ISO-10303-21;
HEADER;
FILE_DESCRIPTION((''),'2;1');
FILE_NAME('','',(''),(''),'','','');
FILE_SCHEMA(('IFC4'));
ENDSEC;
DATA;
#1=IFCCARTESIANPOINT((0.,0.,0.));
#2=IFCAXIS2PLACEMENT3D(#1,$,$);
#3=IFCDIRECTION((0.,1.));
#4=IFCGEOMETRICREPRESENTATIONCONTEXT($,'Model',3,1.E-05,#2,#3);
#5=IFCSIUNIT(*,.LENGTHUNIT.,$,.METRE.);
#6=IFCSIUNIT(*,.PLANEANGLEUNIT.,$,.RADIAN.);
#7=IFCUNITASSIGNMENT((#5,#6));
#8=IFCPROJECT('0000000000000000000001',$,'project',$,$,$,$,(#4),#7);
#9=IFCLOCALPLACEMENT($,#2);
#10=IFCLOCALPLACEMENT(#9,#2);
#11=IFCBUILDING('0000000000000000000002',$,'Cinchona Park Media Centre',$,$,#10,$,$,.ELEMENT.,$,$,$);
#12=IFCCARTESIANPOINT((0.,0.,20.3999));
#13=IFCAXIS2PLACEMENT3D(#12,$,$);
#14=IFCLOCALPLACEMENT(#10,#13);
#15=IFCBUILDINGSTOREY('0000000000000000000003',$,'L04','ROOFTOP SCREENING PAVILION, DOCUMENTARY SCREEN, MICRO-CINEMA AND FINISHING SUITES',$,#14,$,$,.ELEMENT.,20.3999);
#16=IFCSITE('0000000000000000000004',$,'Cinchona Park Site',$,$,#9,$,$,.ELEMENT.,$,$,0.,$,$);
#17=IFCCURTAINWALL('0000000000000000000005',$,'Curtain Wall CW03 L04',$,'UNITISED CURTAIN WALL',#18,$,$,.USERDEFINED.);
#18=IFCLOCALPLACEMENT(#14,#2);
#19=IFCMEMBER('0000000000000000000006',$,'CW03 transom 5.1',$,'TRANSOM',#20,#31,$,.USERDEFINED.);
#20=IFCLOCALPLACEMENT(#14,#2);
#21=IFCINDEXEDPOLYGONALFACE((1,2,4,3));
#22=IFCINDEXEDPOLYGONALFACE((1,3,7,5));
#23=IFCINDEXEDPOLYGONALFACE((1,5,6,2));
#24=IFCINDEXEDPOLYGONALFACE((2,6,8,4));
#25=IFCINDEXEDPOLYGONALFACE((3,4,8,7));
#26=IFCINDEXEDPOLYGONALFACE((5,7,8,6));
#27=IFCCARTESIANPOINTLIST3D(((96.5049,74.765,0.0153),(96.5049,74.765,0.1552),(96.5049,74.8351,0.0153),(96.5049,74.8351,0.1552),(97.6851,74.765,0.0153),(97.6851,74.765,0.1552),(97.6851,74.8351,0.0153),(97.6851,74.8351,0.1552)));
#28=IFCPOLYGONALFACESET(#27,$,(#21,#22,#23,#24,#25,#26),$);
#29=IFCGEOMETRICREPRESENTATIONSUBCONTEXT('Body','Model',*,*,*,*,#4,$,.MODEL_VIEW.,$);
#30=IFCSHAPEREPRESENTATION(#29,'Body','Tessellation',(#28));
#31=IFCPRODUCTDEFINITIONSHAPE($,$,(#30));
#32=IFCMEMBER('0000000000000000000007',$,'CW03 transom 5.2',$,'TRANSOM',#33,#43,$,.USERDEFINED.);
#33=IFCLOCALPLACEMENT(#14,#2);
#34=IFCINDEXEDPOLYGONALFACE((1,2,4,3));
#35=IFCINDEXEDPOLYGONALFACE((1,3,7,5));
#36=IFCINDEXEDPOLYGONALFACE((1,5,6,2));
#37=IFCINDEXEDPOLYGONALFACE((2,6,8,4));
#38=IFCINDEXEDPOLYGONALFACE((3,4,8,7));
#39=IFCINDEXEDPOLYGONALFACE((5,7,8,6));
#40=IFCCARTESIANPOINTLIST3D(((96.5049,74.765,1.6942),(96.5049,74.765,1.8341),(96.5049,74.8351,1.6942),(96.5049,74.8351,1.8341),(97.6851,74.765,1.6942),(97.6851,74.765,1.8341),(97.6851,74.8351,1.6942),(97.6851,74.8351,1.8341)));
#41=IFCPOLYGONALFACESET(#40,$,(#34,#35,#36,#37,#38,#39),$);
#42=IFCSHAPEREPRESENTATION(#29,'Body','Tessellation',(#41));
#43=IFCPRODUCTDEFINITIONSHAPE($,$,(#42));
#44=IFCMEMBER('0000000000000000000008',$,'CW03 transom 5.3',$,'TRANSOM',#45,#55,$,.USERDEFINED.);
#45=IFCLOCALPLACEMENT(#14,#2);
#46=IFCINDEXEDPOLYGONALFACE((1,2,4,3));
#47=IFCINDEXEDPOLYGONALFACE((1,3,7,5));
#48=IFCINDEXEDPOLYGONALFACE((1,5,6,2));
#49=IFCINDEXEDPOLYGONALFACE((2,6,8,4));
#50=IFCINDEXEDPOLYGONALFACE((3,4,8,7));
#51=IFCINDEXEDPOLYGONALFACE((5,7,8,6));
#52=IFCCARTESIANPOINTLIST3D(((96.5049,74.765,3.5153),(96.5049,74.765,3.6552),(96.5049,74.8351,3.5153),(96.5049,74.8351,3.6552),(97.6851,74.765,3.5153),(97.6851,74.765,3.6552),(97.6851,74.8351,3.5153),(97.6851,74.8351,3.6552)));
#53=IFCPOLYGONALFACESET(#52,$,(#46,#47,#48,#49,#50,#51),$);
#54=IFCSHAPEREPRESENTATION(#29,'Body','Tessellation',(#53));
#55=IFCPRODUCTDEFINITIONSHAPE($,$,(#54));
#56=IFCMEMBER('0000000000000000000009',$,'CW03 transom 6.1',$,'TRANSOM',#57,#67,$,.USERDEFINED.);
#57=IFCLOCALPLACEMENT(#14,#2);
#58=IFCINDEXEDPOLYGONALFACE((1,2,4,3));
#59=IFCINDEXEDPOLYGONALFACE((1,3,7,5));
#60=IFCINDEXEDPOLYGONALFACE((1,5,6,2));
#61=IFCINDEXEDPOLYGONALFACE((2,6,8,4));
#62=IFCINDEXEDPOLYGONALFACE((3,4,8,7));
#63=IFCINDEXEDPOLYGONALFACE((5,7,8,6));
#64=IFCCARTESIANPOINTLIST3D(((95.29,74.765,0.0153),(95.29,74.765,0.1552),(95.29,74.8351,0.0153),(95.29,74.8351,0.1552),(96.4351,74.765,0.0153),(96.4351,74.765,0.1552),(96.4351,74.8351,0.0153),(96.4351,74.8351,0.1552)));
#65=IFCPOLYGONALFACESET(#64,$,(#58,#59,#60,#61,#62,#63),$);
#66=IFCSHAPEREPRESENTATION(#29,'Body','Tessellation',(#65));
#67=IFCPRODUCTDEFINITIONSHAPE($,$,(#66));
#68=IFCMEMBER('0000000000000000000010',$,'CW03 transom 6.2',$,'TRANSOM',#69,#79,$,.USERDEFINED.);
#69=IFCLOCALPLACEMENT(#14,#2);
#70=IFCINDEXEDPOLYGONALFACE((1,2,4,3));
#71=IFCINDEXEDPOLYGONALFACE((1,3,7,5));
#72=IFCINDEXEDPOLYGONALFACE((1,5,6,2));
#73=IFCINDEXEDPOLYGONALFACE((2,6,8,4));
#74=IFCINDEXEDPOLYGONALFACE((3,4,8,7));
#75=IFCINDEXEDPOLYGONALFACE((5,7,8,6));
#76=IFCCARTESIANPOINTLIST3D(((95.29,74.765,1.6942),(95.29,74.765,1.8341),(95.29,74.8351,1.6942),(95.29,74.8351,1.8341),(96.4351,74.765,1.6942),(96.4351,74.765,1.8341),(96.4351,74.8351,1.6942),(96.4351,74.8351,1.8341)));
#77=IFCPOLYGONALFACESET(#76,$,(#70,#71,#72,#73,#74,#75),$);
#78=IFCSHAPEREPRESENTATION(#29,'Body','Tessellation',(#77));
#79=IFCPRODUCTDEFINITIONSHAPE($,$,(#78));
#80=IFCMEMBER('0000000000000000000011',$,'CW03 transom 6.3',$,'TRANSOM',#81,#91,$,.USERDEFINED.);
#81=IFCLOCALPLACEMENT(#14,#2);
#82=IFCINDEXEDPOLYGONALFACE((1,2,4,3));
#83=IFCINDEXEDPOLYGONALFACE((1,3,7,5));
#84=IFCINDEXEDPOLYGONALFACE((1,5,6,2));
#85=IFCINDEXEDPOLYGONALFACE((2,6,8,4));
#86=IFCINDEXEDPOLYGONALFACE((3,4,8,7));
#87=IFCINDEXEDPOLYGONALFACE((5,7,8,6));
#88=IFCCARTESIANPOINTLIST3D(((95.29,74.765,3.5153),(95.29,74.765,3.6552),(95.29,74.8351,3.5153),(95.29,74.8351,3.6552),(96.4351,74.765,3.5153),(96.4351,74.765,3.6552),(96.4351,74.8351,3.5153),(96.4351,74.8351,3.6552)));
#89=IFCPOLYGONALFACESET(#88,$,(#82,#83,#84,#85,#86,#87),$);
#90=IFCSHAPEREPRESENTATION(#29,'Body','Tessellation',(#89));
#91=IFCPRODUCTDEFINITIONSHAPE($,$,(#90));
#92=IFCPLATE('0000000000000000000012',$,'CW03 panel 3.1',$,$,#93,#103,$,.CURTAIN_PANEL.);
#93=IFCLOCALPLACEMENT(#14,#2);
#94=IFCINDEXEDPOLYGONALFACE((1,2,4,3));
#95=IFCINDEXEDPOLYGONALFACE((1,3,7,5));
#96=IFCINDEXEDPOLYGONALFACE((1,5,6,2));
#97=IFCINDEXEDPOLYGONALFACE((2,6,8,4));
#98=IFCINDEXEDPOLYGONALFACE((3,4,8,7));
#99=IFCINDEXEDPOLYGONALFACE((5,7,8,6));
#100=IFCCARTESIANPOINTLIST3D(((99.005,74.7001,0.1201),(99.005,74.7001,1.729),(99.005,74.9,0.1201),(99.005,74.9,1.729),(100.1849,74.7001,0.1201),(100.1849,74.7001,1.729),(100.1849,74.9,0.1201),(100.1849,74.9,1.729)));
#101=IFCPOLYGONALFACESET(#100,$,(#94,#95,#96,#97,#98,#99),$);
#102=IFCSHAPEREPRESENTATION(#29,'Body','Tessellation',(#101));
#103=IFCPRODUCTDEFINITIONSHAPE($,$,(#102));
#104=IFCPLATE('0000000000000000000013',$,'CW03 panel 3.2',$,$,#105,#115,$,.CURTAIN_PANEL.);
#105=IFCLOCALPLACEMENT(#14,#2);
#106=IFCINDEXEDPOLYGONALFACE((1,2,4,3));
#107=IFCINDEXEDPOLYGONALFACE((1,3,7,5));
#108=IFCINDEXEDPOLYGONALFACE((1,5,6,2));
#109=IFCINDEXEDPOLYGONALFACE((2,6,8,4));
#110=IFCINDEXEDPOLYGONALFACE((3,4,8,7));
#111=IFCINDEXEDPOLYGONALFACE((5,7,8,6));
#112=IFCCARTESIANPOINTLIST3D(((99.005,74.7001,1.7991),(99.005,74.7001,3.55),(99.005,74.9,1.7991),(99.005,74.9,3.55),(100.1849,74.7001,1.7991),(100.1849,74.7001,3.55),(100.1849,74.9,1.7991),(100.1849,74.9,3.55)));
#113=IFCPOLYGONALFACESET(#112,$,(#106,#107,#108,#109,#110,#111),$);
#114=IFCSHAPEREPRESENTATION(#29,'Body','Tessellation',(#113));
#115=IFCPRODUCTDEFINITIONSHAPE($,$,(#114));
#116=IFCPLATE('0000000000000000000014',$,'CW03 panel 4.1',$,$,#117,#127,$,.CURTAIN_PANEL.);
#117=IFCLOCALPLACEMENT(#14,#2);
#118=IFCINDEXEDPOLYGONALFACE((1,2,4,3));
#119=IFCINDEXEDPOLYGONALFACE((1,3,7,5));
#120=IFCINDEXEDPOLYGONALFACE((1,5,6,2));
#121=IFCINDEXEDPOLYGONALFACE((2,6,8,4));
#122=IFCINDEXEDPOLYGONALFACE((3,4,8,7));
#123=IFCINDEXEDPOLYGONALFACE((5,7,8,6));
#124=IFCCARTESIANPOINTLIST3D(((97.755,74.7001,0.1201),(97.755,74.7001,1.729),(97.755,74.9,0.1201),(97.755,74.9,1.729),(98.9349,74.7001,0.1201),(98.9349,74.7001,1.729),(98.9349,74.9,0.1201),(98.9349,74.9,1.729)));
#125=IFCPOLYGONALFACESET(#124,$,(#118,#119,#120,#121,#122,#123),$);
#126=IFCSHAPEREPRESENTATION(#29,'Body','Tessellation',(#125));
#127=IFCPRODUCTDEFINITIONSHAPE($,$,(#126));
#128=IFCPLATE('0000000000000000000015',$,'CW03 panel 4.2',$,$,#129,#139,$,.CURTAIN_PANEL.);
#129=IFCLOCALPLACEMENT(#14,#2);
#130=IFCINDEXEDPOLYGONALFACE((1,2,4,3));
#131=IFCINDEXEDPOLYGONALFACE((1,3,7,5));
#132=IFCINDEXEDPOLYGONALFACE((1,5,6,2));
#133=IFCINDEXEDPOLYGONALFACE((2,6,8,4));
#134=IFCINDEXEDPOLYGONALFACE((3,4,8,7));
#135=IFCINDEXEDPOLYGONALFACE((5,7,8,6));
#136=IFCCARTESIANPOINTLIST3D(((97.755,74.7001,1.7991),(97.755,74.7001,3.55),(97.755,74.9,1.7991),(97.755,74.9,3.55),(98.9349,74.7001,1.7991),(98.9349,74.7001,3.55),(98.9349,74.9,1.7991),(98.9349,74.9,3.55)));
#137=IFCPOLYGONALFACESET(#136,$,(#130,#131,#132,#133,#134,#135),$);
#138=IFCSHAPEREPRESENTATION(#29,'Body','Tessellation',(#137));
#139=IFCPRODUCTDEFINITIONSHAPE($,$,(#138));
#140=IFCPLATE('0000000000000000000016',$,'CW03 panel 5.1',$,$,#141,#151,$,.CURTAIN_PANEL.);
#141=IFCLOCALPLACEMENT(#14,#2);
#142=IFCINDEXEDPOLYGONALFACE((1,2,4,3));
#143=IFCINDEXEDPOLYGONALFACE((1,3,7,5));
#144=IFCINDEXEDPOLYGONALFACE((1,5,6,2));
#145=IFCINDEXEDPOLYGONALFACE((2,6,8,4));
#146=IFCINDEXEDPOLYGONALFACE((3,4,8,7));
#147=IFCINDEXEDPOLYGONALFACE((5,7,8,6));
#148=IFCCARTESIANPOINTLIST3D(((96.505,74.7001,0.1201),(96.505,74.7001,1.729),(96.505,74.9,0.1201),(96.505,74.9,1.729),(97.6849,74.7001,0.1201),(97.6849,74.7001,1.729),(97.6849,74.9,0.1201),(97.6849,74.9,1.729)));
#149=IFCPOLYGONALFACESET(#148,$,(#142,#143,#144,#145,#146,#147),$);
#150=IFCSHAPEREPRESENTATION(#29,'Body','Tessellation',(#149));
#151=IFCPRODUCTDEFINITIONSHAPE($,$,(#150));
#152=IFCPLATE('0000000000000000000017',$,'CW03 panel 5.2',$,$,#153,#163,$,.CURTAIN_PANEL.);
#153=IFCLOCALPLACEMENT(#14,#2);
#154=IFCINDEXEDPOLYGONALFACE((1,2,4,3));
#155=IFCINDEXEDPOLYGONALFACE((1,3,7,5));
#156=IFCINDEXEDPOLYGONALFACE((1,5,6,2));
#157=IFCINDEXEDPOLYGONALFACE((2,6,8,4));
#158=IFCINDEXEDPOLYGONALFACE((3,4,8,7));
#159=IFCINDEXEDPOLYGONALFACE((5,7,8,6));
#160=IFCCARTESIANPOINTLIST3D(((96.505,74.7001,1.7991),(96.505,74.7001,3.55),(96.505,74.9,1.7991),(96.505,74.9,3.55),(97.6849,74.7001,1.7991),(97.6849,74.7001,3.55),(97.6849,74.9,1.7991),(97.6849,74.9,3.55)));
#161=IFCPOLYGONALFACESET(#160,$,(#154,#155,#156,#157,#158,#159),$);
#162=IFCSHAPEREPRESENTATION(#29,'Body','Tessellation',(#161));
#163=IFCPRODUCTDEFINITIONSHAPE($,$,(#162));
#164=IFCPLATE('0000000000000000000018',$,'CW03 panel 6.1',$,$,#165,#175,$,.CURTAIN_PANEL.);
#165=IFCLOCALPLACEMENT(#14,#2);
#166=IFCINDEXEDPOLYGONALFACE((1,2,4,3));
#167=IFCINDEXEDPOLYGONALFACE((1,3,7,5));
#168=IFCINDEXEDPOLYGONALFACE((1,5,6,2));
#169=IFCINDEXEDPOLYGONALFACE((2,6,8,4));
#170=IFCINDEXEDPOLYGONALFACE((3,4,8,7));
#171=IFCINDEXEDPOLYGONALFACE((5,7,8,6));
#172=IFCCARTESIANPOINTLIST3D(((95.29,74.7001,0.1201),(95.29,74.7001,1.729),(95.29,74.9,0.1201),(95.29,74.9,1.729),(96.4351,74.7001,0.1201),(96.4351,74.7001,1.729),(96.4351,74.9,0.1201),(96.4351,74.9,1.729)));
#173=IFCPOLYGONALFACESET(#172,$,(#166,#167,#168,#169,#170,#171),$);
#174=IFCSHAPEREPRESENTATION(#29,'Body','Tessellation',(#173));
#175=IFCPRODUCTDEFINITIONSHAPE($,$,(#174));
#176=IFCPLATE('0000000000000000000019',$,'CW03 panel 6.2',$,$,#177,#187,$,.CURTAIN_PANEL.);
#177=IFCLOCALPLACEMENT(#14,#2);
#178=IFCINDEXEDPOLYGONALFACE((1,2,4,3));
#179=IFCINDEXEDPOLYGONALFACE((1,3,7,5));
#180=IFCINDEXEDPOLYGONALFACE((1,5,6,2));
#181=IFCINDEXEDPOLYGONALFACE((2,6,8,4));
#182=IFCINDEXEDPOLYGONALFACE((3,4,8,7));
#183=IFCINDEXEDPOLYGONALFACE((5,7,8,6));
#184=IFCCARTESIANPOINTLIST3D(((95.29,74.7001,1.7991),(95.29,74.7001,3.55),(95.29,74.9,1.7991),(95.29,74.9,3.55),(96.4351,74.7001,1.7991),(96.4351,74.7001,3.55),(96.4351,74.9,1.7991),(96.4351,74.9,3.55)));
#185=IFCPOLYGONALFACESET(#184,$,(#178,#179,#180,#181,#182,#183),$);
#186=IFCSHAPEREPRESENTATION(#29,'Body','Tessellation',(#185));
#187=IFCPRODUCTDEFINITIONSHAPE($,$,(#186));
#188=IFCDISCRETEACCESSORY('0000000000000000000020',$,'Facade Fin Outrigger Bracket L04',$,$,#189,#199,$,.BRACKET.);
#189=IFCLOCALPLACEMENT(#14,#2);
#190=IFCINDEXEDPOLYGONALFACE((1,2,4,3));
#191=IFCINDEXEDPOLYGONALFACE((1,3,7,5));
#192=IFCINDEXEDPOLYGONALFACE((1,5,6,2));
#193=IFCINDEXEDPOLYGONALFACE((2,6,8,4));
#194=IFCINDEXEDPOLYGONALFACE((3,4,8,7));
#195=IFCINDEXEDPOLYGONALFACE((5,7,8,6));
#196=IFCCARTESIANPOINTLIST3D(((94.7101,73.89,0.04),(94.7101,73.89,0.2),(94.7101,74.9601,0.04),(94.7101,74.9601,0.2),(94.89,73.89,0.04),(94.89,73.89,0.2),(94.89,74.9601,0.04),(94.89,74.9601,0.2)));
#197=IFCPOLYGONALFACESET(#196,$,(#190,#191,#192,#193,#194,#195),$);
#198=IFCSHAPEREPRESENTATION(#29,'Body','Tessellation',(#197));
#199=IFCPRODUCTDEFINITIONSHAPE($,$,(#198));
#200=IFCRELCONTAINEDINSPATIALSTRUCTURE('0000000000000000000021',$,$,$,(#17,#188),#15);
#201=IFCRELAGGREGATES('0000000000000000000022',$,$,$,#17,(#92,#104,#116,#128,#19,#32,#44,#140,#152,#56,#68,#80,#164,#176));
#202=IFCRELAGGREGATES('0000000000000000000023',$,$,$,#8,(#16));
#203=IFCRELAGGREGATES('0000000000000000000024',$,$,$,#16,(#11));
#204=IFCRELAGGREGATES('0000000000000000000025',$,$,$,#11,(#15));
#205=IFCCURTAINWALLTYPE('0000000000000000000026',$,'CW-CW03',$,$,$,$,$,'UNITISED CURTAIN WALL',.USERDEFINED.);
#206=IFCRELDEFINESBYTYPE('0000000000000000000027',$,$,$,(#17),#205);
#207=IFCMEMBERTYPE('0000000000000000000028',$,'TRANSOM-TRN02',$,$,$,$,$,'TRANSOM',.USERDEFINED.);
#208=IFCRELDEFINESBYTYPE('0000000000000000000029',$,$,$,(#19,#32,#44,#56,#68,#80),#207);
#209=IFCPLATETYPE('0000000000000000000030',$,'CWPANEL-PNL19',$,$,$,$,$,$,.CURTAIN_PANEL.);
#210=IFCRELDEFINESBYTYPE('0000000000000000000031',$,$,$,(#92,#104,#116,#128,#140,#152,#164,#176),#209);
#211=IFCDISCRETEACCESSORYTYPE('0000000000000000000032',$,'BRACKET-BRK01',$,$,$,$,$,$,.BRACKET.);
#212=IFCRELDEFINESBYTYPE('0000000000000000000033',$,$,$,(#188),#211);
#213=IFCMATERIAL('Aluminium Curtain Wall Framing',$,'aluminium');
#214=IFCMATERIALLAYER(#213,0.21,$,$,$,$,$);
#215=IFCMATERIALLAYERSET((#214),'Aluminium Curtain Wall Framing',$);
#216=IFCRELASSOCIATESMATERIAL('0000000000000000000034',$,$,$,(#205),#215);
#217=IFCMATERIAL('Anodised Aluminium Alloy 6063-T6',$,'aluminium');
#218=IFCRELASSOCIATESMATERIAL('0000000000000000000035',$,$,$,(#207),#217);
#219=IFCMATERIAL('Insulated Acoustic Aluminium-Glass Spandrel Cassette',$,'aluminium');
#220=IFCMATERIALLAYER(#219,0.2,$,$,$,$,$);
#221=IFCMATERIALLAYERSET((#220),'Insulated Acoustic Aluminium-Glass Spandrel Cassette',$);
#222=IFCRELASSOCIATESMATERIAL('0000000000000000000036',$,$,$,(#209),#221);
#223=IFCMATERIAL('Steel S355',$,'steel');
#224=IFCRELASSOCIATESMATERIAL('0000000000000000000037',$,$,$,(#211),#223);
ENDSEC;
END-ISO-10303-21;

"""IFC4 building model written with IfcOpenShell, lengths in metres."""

from ifc_helpers import new_model, si_unit, direction, frame, origin, origin_2d, place, context, subcontext, project, spatial, rectangle, extrude, material, layer, layer_set, material_profile, profile_set, type_object, element, aggregate, save


model = new_model("IFC4")

# Units and contexts
model_context = context("Model", 3, precision=1e-05, world=origin(), true_north=direction((0.0, 1.0)))
body_context = subcontext(model_context, "Body", "Model", "MODEL_VIEW")
ifc_project = project(units=[si_unit("LENGTHUNIT", "METRE"), si_unit("PLANEANGLEUNIT", "RADIAN")], contexts=[model_context])

# Site, building, storey
site_placement = place(None, origin())
site = spatial("IfcSite", under=ifc_project, at=site_placement, Name="Cinchona Park Site", CompositionType="ELEMENT", RefElevation=0.0)
building_placement = place(site_placement, origin())
building = spatial("IfcBuilding", under=site, at=building_placement, Name="Cinchona Park Media Centre", CompositionType="ELEMENT")
storey_placement = place(building_placement, frame((0.0, 0.0, 20.3999)))
storey = spatial("IfcBuildingStorey", under=building, at=storey_placement, Name="L04", Description="ROOFTOP SCREENING PAVILION, DOCUMENTARY SCREEN, MICRO-CINEMA AND FINISHING SUITES", CompositionType="ELEMENT", Elevation=20.3999)

# Curtain wall, members, plates
ifc_material_1 = material(Name="Aluminium Curtain Wall Framing", Category="aluminium")
ifc_layer_1 = layer(ifc_material_1, 0.21)
ifc_layer_set_1 = layer_set([ifc_layer_1], Name="Aluminium Curtain Wall Framing")
curtain_wall_type = type_object("IfcCurtainWallType", Name="CW-CW03", ElementType="UNITISED CURTAIN WALL", PredefinedType="USERDEFINED", material=ifc_layer_set_1)
curtain_wall_placement = place(storey_placement, origin())
curtain_wall = element("IfcCurtainWall", 1, at=curtain_wall_placement, inside=storey, type_object=curtain_wall_type, Name="Curtain Wall CW03 L04", ObjectType="UNITISED CURTAIN WALL", PredefinedType="USERDEFINED")
ifc_material_2 = material(Name="Anodised Aluminium Alloy 6063-T6", Category="aluminium")
ifc_material_profile_1 = material_profile(ifc_material_2, rectangle(XDim=0.0701, YDim=0.1399, at=origin_2d()), Name="TRN-70X140")
ifc_profile_set_1 = profile_set([ifc_material_profile_1], Name="Anodised Aluminium Alloy 6063-T6")
member_type_1 = type_object("IfcMemberType", Name="TRANSOM-TRN02", ElementType="TRANSOM", PredefinedType="USERDEFINED", material=ifc_profile_set_1)
member_1_placement = place(storey_placement, frame((97.6851, 74.8, 0.0852), z_axis=(-1.0, 0.0, 0.0), x_axis=(0.0, -1.0, 0.0)))
member_1 = element("IfcMember", 2, at=member_1_placement, type_object=member_type_1, Name="CW03 transom 5.1", ObjectType="TRANSOM", PredefinedType="USERDEFINED", context=body_context, shape_type="SweptSolid", body=[
    extrude(rectangle(XDim=0.0701, YDim=0.1399, at=origin_2d()), origin(), (0.0, 0.0, 1.0), 1.1802),
])
member_2_placement = place(storey_placement, frame((97.6851, 74.8, 1.7642), z_axis=(-1.0, 0.0, 0.0), x_axis=(0.0, -1.0, 0.0)))
member_2 = element("IfcMember", 3, at=member_2_placement, type_object=member_type_1, Name="CW03 transom 5.2", ObjectType="TRANSOM", PredefinedType="USERDEFINED", context=body_context, shape_type="SweptSolid", body=[
    extrude(rectangle(XDim=0.0701, YDim=0.1399, at=origin_2d()), origin(), (0.0, 0.0, 1.0), 1.1802),
])
member_3_placement = place(storey_placement, frame((97.6851, 74.8, 3.5852), z_axis=(-1.0, 0.0, 0.0), x_axis=(0.0, -1.0, 0.0)))
member_3 = element("IfcMember", 4, at=member_3_placement, type_object=member_type_1, Name="CW03 transom 5.3", ObjectType="TRANSOM", PredefinedType="USERDEFINED", context=body_context, shape_type="SweptSolid", body=[
    extrude(rectangle(XDim=0.0701, YDim=0.1399, at=origin_2d()), origin(), (0.0, 0.0, 1.0), 1.1802),
])
member_4_placement = place(storey_placement, frame((96.4351, 74.8, 0.0852), z_axis=(-1.0, 0.0, 0.0), x_axis=(0.0, -1.0, 0.0)))
member_4 = element("IfcMember", 5, at=member_4_placement, type_object=member_type_1, Name="CW03 transom 6.1", ObjectType="TRANSOM", PredefinedType="USERDEFINED", context=body_context, shape_type="SweptSolid", body=[
    extrude(rectangle(XDim=0.0701, YDim=0.1399, at=origin_2d()), origin(), (0.0, 0.0, 1.0), 1.145),
])
member_5_placement = place(storey_placement, frame((96.4351, 74.8, 1.7642), z_axis=(-1.0, 0.0, 0.0), x_axis=(0.0, -1.0, 0.0)))
member_5 = element("IfcMember", 6, at=member_5_placement, type_object=member_type_1, Name="CW03 transom 6.2", ObjectType="TRANSOM", PredefinedType="USERDEFINED", context=body_context, shape_type="SweptSolid", body=[
    extrude(rectangle(XDim=0.0701, YDim=0.1399, at=origin_2d()), origin(), (0.0, 0.0, 1.0), 1.145),
])
member_6_placement = place(storey_placement, frame((96.4351, 74.8, 3.5852), z_axis=(-1.0, 0.0, 0.0), x_axis=(0.0, -1.0, 0.0)))
member_6 = element("IfcMember", 7, at=member_6_placement, type_object=member_type_1, Name="CW03 transom 6.3", ObjectType="TRANSOM", PredefinedType="USERDEFINED", context=body_context, shape_type="SweptSolid", body=[
    extrude(rectangle(XDim=0.0701, YDim=0.1399, at=origin_2d()), origin(), (0.0, 0.0, 1.0), 1.145),
])
ifc_material_3 = material(Name="Insulated Acoustic Aluminium-Glass Spandrel Cassette", Category="aluminium")
ifc_layer_2 = layer(ifc_material_3, 0.2)
ifc_layer_set_2 = layer_set([ifc_layer_2], Name="Insulated Acoustic Aluminium-Glass Spandrel Cassette")
plate_type = type_object("IfcPlateType", Name="CWPANEL-PNL19", PredefinedType="CURTAIN_PANEL", material=ifc_layer_set_2)
plate_1_placement = place(storey_placement, frame((99.595, 74.8, 0.1201), z_axis=(0.0, 0.0, 1.0), x_axis=(-1.0, 0.0, 0.0)))
plate_1 = element("IfcPlate", 8, at=plate_1_placement, type_object=plate_type, Name="CW03 panel 3.1", PredefinedType="CURTAIN_PANEL", context=body_context, shape_type="SweptSolid", body=[
    extrude(rectangle(XDim=1.1799, YDim=0.2, at=origin_2d()), origin(), (0.0, 0.0, 1.0), 1.6089),
])
plate_2_placement = place(storey_placement, frame((99.595, 74.8, 1.7991), z_axis=(0.0, 0.0, 1.0), x_axis=(-1.0, 0.0, 0.0)))
plate_2 = element("IfcPlate", 9, at=plate_2_placement, type_object=plate_type, Name="CW03 panel 3.2", PredefinedType="CURTAIN_PANEL", context=body_context, shape_type="SweptSolid", body=[
    extrude(rectangle(XDim=1.1799, YDim=0.2, at=origin_2d()), origin(), (0.0, 0.0, 1.0), 1.751),
])
plate_3_placement = place(storey_placement, frame((98.345, 74.8, 0.1201), z_axis=(0.0, 0.0, 1.0), x_axis=(-1.0, 0.0, 0.0)))
plate_3 = element("IfcPlate", 10, at=plate_3_placement, type_object=plate_type, Name="CW03 panel 4.1", PredefinedType="CURTAIN_PANEL", context=body_context, shape_type="SweptSolid", body=[
    extrude(rectangle(XDim=1.1799, YDim=0.2, at=origin_2d()), origin(), (0.0, 0.0, 1.0), 1.6089),
])
plate_4_placement = place(storey_placement, frame((98.345, 74.8, 1.7991), z_axis=(0.0, 0.0, 1.0), x_axis=(-1.0, 0.0, 0.0)))
plate_4 = element("IfcPlate", 11, at=plate_4_placement, type_object=plate_type, Name="CW03 panel 4.2", PredefinedType="CURTAIN_PANEL", context=body_context, shape_type="SweptSolid", body=[
    extrude(rectangle(XDim=1.1799, YDim=0.2, at=origin_2d()), origin(), (0.0, 0.0, 1.0), 1.751),
])
plate_5_placement = place(storey_placement, frame((97.095, 74.8, 0.1201), z_axis=(0.0, 0.0, 1.0), x_axis=(-1.0, 0.0, 0.0)))
plate_5 = element("IfcPlate", 12, at=plate_5_placement, type_object=plate_type, Name="CW03 panel 5.1", PredefinedType="CURTAIN_PANEL", context=body_context, shape_type="SweptSolid", body=[
    extrude(rectangle(XDim=1.1799, YDim=0.2, at=origin_2d()), origin(), (0.0, 0.0, 1.0), 1.6089),
])
plate_6_placement = place(storey_placement, frame((97.095, 74.8, 1.7991), z_axis=(0.0, 0.0, 1.0), x_axis=(-1.0, 0.0, 0.0)))
plate_6 = element("IfcPlate", 13, at=plate_6_placement, type_object=plate_type, Name="CW03 panel 5.2", PredefinedType="CURTAIN_PANEL", context=body_context, shape_type="SweptSolid", body=[
    extrude(rectangle(XDim=1.1799, YDim=0.2, at=origin_2d()), origin(), (0.0, 0.0, 1.0), 1.751),
])
plate_7_placement = place(storey_placement, frame((95.8625, 74.8, 0.1201), z_axis=(0.0, 0.0, 1.0), x_axis=(-1.0, 0.0, 0.0)))
plate_7 = element("IfcPlate", 14, at=plate_7_placement, type_object=plate_type, Name="CW03 panel 6.1", PredefinedType="CURTAIN_PANEL", context=body_context, shape_type="SweptSolid", body=[
    extrude(rectangle(XDim=1.145, YDim=0.2, at=origin_2d()), origin(), (0.0, 0.0, 1.0), 1.6089),
])
plate_8_placement = place(storey_placement, frame((95.8625, 74.8, 1.7991), z_axis=(0.0, 0.0, 1.0), x_axis=(-1.0, 0.0, 0.0)))
plate_8 = element("IfcPlate", 15, at=plate_8_placement, type_object=plate_type, Name="CW03 panel 6.2", PredefinedType="CURTAIN_PANEL", context=body_context, shape_type="SweptSolid", body=[
    extrude(rectangle(XDim=1.145, YDim=0.2, at=origin_2d()), origin(), (0.0, 0.0, 1.0), 1.751),
])
aggregate(curtain_wall, [plate_1, plate_2, plate_3, plate_4, member_1, member_2, member_3, plate_5, plate_6, member_4, member_5, member_6, plate_7, plate_8])

# Discrete accessory
ifc_material_4 = material(Name="Steel S355", Category="steel")
discrete_accessory_type = type_object("IfcDiscreteAccessoryType", Name="BRACKET-BRK01", PredefinedType="BRACKET", material=ifc_material_4)
discrete_accessory_placement = place(storey_placement, frame((94.8, 74.425, 0.04), z_axis=(0.0, 0.0, 1.0), x_axis=(1.0, 0.0, 0.0)))
element("IfcDiscreteAccessory", 16, at=discrete_accessory_placement, inside=storey, type_object=discrete_accessory_type, Name="Facade Fin Outrigger Bracket L04", PredefinedType="BRACKET", context=body_context, shape_type="SweptSolid", body=[
    extrude(rectangle(XDim=0.1799, YDim=1.0701, at=origin_2d()), origin(), (0.0, 0.0, 1.0), 0.1599),
])

save(model, "model.ifc")
